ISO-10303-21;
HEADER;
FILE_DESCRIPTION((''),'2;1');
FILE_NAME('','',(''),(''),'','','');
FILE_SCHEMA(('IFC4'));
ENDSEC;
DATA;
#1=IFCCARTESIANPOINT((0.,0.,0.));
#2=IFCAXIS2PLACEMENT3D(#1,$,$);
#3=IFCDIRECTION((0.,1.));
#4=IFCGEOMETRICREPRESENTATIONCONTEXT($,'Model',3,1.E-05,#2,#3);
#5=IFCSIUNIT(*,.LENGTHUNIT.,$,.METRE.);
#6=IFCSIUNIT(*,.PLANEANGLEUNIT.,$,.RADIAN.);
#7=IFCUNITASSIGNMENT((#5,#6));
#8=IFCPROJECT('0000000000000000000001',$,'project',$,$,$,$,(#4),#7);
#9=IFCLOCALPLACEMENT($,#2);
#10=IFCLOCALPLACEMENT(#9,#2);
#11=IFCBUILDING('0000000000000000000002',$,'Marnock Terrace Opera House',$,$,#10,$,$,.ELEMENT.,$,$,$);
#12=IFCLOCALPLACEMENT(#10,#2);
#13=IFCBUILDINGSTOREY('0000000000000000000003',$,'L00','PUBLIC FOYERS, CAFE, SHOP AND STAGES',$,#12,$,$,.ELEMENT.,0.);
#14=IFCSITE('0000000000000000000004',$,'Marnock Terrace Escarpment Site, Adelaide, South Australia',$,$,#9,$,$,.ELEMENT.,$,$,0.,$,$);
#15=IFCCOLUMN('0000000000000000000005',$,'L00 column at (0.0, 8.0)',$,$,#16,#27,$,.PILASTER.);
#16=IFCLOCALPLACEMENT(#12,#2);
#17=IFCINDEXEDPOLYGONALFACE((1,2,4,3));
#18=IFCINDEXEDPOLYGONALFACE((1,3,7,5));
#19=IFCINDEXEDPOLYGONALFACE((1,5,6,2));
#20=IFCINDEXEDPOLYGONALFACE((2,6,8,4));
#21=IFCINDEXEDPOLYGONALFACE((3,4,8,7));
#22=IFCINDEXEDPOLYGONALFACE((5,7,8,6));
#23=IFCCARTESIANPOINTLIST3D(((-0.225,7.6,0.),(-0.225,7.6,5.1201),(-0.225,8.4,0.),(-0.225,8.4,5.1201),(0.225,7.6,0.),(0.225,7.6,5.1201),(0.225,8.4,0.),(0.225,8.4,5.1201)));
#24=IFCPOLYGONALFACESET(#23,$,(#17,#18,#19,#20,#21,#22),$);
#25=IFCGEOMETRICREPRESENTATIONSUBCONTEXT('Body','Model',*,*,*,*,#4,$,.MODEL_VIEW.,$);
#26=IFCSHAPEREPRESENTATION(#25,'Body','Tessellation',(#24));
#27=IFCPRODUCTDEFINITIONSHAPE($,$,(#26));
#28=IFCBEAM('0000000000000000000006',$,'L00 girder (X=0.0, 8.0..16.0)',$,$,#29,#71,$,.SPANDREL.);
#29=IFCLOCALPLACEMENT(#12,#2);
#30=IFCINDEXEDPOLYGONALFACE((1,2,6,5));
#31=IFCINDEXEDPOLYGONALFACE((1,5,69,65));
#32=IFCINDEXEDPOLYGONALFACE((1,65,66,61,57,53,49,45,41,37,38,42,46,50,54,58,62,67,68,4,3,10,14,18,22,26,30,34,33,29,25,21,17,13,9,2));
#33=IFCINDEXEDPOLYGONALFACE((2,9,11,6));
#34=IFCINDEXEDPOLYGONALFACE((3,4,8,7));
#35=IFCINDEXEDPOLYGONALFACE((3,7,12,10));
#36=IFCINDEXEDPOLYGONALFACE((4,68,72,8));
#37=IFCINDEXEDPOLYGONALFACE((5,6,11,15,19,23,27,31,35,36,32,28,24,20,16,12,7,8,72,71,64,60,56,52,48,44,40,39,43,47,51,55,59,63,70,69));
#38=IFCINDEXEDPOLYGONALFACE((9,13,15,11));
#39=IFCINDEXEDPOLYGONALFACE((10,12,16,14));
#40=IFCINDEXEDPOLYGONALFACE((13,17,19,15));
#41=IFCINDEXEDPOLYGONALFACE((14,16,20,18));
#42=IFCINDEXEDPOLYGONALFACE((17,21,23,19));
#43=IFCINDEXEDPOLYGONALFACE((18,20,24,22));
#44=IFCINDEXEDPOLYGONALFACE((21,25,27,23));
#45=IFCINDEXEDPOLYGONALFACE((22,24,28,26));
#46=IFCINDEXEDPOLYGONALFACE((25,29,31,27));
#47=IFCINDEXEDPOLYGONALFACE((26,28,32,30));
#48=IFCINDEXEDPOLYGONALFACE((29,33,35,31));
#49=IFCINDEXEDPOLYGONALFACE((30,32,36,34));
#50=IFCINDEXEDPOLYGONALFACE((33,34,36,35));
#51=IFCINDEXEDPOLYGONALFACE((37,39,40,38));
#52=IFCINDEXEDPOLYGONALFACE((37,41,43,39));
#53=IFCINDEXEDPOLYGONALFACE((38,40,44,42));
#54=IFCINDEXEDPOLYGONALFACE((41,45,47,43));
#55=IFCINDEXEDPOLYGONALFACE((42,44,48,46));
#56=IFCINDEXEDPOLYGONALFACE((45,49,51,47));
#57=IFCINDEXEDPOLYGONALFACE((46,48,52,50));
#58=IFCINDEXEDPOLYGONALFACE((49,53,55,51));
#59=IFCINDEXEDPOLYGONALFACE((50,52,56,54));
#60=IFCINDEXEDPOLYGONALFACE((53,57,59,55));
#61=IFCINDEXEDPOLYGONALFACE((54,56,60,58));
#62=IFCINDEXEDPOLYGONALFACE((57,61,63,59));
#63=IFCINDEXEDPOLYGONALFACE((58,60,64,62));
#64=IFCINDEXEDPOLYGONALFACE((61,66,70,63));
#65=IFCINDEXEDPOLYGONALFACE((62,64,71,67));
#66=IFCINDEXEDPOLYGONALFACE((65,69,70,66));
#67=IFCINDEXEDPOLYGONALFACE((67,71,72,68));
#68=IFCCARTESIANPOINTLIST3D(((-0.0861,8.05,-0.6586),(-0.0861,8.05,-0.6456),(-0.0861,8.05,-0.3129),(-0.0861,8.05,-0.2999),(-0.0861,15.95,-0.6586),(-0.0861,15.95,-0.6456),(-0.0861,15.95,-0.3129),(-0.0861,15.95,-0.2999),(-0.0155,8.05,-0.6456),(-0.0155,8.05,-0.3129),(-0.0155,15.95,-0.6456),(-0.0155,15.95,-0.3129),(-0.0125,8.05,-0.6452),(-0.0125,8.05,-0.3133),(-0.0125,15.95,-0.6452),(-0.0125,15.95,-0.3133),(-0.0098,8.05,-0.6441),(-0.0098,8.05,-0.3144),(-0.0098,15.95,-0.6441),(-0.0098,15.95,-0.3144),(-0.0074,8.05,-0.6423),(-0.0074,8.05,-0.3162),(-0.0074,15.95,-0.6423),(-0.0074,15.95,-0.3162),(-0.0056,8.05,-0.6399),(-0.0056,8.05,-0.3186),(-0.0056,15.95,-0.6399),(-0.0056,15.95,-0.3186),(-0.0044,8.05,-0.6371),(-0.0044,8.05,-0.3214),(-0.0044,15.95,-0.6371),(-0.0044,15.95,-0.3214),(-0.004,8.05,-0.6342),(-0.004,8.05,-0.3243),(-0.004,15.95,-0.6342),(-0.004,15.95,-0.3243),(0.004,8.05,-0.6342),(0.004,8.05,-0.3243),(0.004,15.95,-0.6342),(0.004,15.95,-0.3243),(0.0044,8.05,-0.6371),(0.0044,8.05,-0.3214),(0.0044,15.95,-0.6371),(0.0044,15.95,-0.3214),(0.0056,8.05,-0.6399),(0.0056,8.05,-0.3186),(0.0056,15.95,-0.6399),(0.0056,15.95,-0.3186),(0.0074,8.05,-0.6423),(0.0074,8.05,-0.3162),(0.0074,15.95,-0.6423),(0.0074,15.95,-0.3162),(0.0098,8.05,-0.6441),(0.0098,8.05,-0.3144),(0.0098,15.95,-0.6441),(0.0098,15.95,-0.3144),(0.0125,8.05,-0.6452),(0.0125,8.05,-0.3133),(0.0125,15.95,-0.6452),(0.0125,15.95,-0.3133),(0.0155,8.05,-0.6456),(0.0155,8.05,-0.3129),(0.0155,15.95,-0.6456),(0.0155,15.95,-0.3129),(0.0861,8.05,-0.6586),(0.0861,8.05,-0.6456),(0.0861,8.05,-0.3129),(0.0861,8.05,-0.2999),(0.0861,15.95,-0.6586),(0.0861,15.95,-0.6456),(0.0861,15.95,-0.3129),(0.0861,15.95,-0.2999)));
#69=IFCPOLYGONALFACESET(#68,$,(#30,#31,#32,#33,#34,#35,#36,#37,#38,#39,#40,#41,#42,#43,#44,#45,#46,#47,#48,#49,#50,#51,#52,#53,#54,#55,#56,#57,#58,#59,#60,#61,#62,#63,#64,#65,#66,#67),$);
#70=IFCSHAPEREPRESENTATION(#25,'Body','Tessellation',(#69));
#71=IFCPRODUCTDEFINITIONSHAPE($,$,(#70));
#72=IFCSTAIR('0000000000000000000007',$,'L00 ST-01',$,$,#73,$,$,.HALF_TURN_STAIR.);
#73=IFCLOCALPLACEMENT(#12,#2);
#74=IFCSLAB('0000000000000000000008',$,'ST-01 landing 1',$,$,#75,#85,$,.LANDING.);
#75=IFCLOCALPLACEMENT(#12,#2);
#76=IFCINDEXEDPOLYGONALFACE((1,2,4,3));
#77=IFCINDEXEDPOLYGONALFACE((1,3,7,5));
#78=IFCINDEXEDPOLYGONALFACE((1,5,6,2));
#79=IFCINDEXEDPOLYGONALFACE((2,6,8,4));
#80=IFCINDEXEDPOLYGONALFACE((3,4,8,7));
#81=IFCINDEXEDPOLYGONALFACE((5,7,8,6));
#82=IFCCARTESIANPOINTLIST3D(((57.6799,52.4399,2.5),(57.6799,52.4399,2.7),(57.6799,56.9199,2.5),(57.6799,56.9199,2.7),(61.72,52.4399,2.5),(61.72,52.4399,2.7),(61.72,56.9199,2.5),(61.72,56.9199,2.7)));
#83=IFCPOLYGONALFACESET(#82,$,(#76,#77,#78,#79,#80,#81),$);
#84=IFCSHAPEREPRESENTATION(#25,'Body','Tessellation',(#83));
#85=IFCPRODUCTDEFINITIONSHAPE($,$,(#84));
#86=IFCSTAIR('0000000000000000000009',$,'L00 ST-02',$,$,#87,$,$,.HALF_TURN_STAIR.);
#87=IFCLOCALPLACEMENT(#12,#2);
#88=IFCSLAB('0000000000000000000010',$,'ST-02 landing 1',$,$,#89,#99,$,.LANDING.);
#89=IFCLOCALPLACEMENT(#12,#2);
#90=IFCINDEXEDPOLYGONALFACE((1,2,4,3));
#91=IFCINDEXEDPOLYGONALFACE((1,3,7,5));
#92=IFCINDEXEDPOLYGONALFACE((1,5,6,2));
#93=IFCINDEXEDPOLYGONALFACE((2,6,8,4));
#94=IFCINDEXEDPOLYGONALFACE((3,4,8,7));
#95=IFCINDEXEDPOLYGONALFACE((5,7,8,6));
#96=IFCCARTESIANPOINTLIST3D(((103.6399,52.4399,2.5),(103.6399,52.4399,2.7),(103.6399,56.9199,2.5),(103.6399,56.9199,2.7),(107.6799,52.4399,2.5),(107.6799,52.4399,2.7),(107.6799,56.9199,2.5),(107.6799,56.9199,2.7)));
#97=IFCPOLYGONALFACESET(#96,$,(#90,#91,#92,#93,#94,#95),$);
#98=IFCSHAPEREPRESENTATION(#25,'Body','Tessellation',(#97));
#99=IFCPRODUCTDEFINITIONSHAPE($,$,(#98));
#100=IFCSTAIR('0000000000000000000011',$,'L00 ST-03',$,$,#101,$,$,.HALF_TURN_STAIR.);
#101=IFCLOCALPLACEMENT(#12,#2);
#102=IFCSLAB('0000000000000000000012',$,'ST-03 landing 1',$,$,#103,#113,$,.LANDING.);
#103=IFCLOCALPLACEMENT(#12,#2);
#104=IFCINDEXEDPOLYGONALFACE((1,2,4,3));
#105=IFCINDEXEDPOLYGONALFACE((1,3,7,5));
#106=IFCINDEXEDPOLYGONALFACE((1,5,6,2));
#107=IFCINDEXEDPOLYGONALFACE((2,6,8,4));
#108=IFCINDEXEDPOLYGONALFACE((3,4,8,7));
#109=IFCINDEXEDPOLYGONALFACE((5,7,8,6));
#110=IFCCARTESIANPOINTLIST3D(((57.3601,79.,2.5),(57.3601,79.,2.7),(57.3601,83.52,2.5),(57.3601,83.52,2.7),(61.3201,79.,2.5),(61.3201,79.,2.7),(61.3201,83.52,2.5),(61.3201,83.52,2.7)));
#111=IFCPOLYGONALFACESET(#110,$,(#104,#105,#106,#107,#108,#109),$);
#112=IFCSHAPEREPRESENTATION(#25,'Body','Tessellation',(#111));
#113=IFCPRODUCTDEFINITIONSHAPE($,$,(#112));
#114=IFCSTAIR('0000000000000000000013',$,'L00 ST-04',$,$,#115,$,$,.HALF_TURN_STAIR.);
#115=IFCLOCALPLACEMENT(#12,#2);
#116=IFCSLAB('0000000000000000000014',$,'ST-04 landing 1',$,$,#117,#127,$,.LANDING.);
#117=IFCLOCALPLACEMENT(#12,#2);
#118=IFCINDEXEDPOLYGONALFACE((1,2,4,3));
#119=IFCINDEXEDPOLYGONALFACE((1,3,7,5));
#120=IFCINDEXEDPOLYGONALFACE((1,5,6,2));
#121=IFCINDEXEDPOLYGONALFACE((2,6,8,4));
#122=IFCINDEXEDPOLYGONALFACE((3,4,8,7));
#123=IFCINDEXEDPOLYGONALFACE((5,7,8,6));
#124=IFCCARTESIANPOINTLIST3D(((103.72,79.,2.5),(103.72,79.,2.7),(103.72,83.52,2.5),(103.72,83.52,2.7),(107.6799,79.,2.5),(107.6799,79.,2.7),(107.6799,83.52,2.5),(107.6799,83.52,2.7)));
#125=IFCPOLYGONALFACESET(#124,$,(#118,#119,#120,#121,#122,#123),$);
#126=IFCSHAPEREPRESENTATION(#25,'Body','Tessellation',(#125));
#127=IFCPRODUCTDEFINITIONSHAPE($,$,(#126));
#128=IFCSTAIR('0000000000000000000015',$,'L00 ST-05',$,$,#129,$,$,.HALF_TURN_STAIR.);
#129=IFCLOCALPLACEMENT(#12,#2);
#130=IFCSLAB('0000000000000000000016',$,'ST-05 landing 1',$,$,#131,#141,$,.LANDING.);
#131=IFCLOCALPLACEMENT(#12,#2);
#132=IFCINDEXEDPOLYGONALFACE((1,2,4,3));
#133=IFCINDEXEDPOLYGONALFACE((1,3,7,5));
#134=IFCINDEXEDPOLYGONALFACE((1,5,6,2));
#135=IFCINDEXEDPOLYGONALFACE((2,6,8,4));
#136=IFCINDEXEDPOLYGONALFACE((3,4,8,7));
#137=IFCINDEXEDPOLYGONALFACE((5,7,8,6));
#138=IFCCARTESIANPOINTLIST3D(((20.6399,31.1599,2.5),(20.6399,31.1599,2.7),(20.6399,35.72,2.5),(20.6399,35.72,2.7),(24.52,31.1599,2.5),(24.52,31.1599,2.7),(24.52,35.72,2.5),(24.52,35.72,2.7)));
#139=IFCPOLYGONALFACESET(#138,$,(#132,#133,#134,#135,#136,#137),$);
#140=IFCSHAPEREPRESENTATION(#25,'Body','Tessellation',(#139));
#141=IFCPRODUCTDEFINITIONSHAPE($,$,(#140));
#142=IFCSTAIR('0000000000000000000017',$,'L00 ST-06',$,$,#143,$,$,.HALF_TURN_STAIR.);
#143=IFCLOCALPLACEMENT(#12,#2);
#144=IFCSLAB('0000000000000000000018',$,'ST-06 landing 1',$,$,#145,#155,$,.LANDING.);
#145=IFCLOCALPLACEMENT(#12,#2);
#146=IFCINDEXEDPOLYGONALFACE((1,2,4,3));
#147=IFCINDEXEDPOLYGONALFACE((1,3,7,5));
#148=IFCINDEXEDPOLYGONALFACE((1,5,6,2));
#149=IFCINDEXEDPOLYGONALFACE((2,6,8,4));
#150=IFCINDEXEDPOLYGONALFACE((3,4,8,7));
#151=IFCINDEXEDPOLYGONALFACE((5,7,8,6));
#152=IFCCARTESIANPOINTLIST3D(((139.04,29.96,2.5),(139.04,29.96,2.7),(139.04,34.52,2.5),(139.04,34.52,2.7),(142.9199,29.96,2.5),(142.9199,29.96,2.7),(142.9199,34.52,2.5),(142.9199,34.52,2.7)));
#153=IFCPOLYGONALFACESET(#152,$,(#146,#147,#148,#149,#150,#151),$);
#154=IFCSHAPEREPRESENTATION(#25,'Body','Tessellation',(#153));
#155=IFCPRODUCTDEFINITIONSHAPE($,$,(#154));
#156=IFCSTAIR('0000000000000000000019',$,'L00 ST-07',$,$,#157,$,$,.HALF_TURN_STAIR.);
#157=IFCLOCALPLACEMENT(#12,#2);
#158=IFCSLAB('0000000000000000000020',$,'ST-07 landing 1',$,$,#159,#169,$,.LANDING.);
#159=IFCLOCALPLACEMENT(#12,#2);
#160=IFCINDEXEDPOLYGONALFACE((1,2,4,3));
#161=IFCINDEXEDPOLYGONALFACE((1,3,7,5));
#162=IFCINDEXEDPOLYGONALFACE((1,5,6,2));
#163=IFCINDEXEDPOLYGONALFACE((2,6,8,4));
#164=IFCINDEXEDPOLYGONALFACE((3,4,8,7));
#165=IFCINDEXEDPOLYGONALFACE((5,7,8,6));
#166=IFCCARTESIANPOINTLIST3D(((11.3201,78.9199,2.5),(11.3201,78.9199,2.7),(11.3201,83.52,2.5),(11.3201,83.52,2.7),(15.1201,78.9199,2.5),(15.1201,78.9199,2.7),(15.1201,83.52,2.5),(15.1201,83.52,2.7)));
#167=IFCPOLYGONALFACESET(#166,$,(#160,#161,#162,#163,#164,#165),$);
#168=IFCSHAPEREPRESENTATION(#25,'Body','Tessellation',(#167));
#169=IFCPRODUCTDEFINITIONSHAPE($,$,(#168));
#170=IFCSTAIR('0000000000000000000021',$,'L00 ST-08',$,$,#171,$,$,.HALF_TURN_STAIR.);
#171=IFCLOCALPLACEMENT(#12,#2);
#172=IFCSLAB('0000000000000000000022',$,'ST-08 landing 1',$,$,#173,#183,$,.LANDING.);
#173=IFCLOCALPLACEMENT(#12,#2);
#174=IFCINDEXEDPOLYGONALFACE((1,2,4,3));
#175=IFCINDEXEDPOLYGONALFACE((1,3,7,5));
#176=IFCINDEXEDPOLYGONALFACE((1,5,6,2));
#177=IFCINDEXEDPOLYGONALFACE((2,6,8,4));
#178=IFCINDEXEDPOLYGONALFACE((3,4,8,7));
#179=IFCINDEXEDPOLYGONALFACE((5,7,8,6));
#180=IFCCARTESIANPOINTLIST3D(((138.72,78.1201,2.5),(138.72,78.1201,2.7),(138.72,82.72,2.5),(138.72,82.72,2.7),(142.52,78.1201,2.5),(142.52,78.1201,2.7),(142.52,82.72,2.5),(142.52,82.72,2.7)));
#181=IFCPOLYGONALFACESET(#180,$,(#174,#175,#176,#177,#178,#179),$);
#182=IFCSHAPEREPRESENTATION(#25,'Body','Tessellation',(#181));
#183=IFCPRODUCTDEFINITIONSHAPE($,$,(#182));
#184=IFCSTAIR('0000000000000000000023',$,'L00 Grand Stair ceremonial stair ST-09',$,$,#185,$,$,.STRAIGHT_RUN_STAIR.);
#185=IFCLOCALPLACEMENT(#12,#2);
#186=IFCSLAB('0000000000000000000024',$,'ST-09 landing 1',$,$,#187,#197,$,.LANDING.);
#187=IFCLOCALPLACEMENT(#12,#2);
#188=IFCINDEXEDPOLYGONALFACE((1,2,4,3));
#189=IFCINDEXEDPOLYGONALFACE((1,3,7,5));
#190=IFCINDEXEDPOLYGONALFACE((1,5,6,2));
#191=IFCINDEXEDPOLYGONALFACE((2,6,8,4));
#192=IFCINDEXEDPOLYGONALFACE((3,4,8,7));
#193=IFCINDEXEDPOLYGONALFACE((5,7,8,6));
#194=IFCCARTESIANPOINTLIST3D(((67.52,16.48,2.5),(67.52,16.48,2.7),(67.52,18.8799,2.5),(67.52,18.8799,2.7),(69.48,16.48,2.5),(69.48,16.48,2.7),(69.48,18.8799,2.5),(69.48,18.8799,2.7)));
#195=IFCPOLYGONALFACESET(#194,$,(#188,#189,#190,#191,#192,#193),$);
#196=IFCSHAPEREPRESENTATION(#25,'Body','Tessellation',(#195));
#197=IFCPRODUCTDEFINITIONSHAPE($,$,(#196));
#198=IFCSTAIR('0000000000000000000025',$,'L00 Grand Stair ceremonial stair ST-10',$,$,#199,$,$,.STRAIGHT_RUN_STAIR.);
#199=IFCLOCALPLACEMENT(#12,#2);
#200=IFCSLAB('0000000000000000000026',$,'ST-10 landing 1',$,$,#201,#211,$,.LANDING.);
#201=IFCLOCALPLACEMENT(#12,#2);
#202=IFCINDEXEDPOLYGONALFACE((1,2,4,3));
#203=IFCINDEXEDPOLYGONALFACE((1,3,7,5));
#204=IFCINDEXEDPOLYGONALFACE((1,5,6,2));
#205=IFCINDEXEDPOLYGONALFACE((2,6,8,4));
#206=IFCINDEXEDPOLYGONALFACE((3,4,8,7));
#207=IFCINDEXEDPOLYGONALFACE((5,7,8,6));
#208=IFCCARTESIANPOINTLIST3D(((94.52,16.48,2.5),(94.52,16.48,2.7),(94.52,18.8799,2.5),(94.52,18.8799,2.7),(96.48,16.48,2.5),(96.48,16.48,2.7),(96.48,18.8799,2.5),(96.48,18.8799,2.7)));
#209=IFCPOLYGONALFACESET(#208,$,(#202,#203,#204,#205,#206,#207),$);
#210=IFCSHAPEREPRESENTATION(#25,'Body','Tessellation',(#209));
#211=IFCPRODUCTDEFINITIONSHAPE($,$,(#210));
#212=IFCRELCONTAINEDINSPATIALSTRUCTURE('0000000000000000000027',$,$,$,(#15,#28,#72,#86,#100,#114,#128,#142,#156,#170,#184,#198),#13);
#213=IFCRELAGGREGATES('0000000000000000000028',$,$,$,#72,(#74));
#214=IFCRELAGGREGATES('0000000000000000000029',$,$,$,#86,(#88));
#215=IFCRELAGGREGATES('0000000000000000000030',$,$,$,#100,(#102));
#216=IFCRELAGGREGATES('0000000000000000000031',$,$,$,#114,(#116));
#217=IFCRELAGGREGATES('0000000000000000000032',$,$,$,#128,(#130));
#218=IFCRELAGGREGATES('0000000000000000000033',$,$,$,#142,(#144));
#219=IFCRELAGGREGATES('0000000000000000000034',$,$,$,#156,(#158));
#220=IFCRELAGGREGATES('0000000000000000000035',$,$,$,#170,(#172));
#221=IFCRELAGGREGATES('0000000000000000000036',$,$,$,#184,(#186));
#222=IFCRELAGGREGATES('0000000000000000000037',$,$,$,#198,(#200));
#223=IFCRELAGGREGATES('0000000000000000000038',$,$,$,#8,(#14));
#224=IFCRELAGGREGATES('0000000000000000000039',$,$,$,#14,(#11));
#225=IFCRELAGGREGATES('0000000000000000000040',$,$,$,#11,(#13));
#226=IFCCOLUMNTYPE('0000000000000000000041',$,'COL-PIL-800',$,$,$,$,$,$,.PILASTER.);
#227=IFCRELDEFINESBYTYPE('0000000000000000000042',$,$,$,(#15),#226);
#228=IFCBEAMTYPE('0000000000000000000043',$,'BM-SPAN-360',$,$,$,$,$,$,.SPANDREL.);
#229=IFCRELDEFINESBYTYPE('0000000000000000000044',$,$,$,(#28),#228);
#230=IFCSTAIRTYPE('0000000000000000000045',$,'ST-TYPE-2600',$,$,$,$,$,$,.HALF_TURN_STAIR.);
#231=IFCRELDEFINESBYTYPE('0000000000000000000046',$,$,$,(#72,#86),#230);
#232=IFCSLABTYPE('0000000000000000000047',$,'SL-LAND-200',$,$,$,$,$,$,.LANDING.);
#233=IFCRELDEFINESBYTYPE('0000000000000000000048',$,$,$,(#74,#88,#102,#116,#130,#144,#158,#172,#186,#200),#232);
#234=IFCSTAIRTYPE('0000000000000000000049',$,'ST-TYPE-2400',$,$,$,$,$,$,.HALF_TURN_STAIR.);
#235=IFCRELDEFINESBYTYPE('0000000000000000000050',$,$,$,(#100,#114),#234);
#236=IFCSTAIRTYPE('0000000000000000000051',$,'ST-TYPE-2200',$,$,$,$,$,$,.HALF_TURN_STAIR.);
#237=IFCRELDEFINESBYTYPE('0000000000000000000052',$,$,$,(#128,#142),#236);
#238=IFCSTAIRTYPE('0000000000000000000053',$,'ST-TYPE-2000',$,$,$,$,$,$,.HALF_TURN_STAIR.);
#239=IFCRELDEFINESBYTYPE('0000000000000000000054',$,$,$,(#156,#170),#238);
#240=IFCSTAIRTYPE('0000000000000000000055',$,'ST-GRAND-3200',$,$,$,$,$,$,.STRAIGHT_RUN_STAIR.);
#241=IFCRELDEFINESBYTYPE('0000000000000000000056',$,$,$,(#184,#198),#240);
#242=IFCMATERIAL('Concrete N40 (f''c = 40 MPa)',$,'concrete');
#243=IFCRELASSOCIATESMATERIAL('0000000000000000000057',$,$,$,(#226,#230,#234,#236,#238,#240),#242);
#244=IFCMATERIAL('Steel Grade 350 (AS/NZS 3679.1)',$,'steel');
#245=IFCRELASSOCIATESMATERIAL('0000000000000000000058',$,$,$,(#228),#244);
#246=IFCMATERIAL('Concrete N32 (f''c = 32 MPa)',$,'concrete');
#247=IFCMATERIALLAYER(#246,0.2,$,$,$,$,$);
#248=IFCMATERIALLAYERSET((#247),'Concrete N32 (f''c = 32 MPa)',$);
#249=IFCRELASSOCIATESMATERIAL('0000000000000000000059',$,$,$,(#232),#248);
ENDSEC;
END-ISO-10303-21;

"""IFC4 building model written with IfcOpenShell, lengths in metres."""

from ifc_helpers import new_model, si_unit, direction, frame, origin, origin_2d, place, context, subcontext, project, spatial, polyline, rectangle, i_section, outline, extrude, material, layer, layer_set, material_profile, profile_set, type_object, element, aggregate, save


model = new_model("IFC4")

# Units and contexts
model_context = context("Model", 3, precision=1e-05, world=origin(), true_north=direction((0.0, 1.0)))
body_context = subcontext(model_context, "Body", "Model", "MODEL_VIEW")
ifc_project = project(units=[si_unit("LENGTHUNIT", "METRE"), si_unit("PLANEANGLEUNIT", "RADIAN")], contexts=[model_context])

# Site, building, storey
site_placement = place(None, origin())
site = spatial("IfcSite", under=ifc_project, at=site_placement, Name="Marnock Terrace Escarpment Site, Adelaide, South Australia", CompositionType="ELEMENT", RefElevation=0.0)
building_placement = place(site_placement, origin())
building = spatial("IfcBuilding", under=site, at=building_placement, Name="Marnock Terrace Opera House", CompositionType="ELEMENT")
storey_placement = place(building_placement, origin())
storey = spatial("IfcBuildingStorey", under=building, at=storey_placement, Name="L00", Description="PUBLIC FOYERS, CAFE, SHOP AND STAGES", CompositionType="ELEMENT", Elevation=0.0)

# Column
ifc_material_1 = material(Name="Concrete N40 (f'c = 40 MPa)", Category="concrete")
ifc_material_profile_1 = material_profile(ifc_material_1, rectangle(XDim=0.45, YDim=0.8, at=origin_2d()))
ifc_profile_set_1 = profile_set([ifc_material_profile_1], Name="Concrete N40 (f'c = 40 MPa)")
column_type = type_object("IfcColumnType", Name="COL-PIL-800", PredefinedType="PILASTER", material=ifc_profile_set_1)
column_placement = place(storey_placement, frame((0.0, 8.0, 0.0), z_axis=(0.0, 0.0, 1.0), x_axis=(1.0, 0.0, 0.0)))
element("IfcColumn", 1, at=column_placement, inside=storey, type_object=column_type, Name="L00 column at (0.0, 8.0)", PredefinedType="PILASTER", context=body_context, shape_type="SweptSolid", body=[
    extrude(rectangle(XDim=0.45, YDim=0.8, at=origin_2d()), origin(), (0.0, 0.0, 1.0), 5.1201),
])

# Beam
ifc_material_2 = material(Name="Steel Grade 350 (AS/NZS 3679.1)", Category="steel")
ifc_material_profile_2 = material_profile(ifc_material_2, i_section(OverallWidth=0.1721, OverallDepth=0.3586, WebThickness=0.0081, FlangeThickness=0.0129, FilletRadius=0.0115, at=origin_2d()))
ifc_profile_set_2 = profile_set([ifc_material_profile_2], Name="Steel Grade 350 (AS/NZS 3679.1)")
beam_type = type_object("IfcBeamType", Name="BM-SPAN-360", PredefinedType="SPANDREL", material=ifc_profile_set_2)
beam_placement = place(storey_placement, frame((0.0, 8.05, -0.4792), z_axis=(0.0, 1.0, 0.0), x_axis=(-1.0, 0.0, 0.0)))
element("IfcBeam", 2, at=beam_placement, inside=storey, type_object=beam_type, Name="L00 girder (X=0.0, 8.0..16.0)", PredefinedType="SPANDREL", context=body_context, shape_type="SweptSolid", body=[
    extrude(i_section(OverallWidth=0.1721, OverallDepth=0.3586, WebThickness=0.0081, FlangeThickness=0.0129, FilletRadius=0.0115, at=origin_2d()), origin(), (0.0, 0.0, 1.0), 7.8999),
])

# Stairs, slabs
stair_type_1 = type_object("IfcStairType", Name="ST-TYPE-2600", PredefinedType="HALF_TURN_STAIR", material=ifc_material_1)
stair_1_placement = place(storey_placement, origin())
stair_1 = element("IfcStair", 3, at=stair_1_placement, inside=storey, type_object=stair_type_1, Name="L00 ST-01", PredefinedType="HALF_TURN_STAIR")
ifc_material_3 = material(Name="Concrete N32 (f'c = 32 MPa)", Category="concrete")
ifc_layer_1 = layer(ifc_material_3, 0.2)
ifc_layer_set_1 = layer_set([ifc_layer_1], Name="Concrete N32 (f'c = 32 MPa)")
slab_type = type_object("IfcSlabType", Name="SL-LAND-200", PredefinedType="LANDING", material=ifc_layer_set_1)
slab_1_placement = place(storey_placement, frame((0.0, 0.0, 2.5)))
slab_1 = element("IfcSlab", 4, at=slab_1_placement, type_object=slab_type, Name="ST-01 landing 1", PredefinedType="LANDING", context=body_context, shape_type="SweptSolid", body=[
    extrude(outline(polyline([(61.72, 52.4399), (61.72, 56.9199), (57.6799, 56.9199), (57.6799, 52.4399), (61.72, 52.4399)])), origin(), (0.0, 0.0, 1.0), 0.2),
])
aggregate(stair_1, [slab_1])
stair_2_placement = place(storey_placement, origin())
stair_2 = element("IfcStair", 5, at=stair_2_placement, inside=storey, type_object=stair_type_1, Name="L00 ST-02", PredefinedType="HALF_TURN_STAIR")
slab_2_placement = place(storey_placement, frame((0.0, 0.0, 2.5)))
slab_2 = element("IfcSlab", 6, at=slab_2_placement, type_object=slab_type, Name="ST-02 landing 1", PredefinedType="LANDING", context=body_context, shape_type="SweptSolid", body=[
    extrude(outline(polyline([(107.6799, 52.4399), (107.6799, 56.9199), (103.6399, 56.9199), (103.6399, 52.4399), (107.6799, 52.4399)])), origin(), (0.0, 0.0, 1.0), 0.2),
])
aggregate(stair_2, [slab_2])
stair_type_2 = type_object("IfcStairType", Name="ST-TYPE-2400", PredefinedType="HALF_TURN_STAIR", material=ifc_material_1)
stair_3_placement = place(storey_placement, origin())
stair_3 = element("IfcStair", 7, at=stair_3_placement, inside=storey, type_object=stair_type_2, Name="L00 ST-03", PredefinedType="HALF_TURN_STAIR")
slab_3_placement = place(storey_placement, frame((0.0, 0.0, 2.5)))
slab_3 = element("IfcSlab", 8, at=slab_3_placement, type_object=slab_type, Name="ST-03 landing 1", PredefinedType="LANDING", context=body_context, shape_type="SweptSolid", body=[
    extrude(outline(polyline([(61.3201, 79.0), (61.3201, 83.52), (57.3601, 83.52), (57.3601, 79.0), (61.3201, 79.0)])), origin(), (0.0, 0.0, 1.0), 0.2),
])
aggregate(stair_3, [slab_3])
stair_4_placement = place(storey_placement, origin())
stair_4 = element("IfcStair", 9, at=stair_4_placement, inside=storey, type_object=stair_type_2, Name="L00 ST-04", PredefinedType="HALF_TURN_STAIR")
slab_4_placement = place(storey_placement, frame((0.0, 0.0, 2.5)))
slab_4 = element("IfcSlab", 10, at=slab_4_placement, type_object=slab_type, Name="ST-04 landing 1", PredefinedType="LANDING", context=body_context, shape_type="SweptSolid", body=[
    extrude(outline(polyline([(107.6799, 79.0), (107.6799, 83.52), (103.72, 83.52), (103.72, 79.0), (107.6799, 79.0)])), origin(), (0.0, 0.0, 1.0), 0.2),
])
aggregate(stair_4, [slab_4])
stair_type_3 = type_object("IfcStairType", Name="ST-TYPE-2200", PredefinedType="HALF_TURN_STAIR", material=ifc_material_1)
stair_5_placement = place(storey_placement, origin())
stair_5 = element("IfcStair", 11, at=stair_5_placement, inside=storey, type_object=stair_type_3, Name="L00 ST-05", PredefinedType="HALF_TURN_STAIR")
slab_5_placement = place(storey_placement, frame((0.0, 0.0, 2.5)))
slab_5 = element("IfcSlab", 12, at=slab_5_placement, type_object=slab_type, Name="ST-05 landing 1", PredefinedType="LANDING", context=body_context, shape_type="SweptSolid", body=[
    extrude(outline(polyline([(24.52, 31.1599), (24.52, 35.72), (20.6399, 35.72), (20.6399, 31.1599), (24.52, 31.1599)])), origin(), (0.0, 0.0, 1.0), 0.2),
])
aggregate(stair_5, [slab_5])
stair_6_placement = place(storey_placement, origin())
stair_6 = element("IfcStair", 13, at=stair_6_placement, inside=storey, type_object=stair_type_3, Name="L00 ST-06", PredefinedType="HALF_TURN_STAIR")
slab_6_placement = place(storey_placement, frame((0.0, 0.0, 2.5)))
slab_6 = element("IfcSlab", 14, at=slab_6_placement, type_object=slab_type, Name="ST-06 landing 1", PredefinedType="LANDING", context=body_context, shape_type="SweptSolid", body=[
    extrude(outline(polyline([(142.9199, 29.96), (142.9199, 34.52), (139.04, 34.52), (139.04, 29.96), (142.9199, 29.96)])), origin(), (0.0, 0.0, 1.0), 0.2),
])
aggregate(stair_6, [slab_6])
stair_type_4 = type_object("IfcStairType", Name="ST-TYPE-2000", PredefinedType="HALF_TURN_STAIR", material=ifc_material_1)
stair_7_placement = place(storey_placement, origin())
stair_7 = element("IfcStair", 15, at=stair_7_placement, inside=storey, type_object=stair_type_4, Name="L00 ST-07", PredefinedType="HALF_TURN_STAIR")
slab_7_placement = place(storey_placement, frame((0.0, 0.0, 2.5)))
slab_7 = element("IfcSlab", 16, at=slab_7_placement, type_object=slab_type, Name="ST-07 landing 1", PredefinedType="LANDING", context=body_context, shape_type="SweptSolid", body=[
    extrude(outline(polyline([(15.1201, 78.9199), (15.1201, 83.52), (11.3201, 83.52), (11.3201, 78.9199), (15.1201, 78.9199)])), origin(), (0.0, 0.0, 1.0), 0.2),
])
aggregate(stair_7, [slab_7])
stair_8_placement = place(storey_placement, origin())
stair_8 = element("IfcStair", 17, at=stair_8_placement, inside=storey, type_object=stair_type_4, Name="L00 ST-08", PredefinedType="HALF_TURN_STAIR")
slab_8_placement = place(storey_placement, frame((0.0, 0.0, 2.5)))
slab_8 = element("IfcSlab", 18, at=slab_8_placement, type_object=slab_type, Name="ST-08 landing 1", PredefinedType="LANDING", context=body_context, shape_type="SweptSolid", body=[
    extrude(outline(polyline([(142.52, 78.1201), (142.52, 82.72), (138.72, 82.72), (138.72, 78.1201), (142.52, 78.1201)])), origin(), (0.0, 0.0, 1.0), 0.2),
])
aggregate(stair_8, [slab_8])
stair_type_5 = type_object("IfcStairType", Name="ST-GRAND-3200", PredefinedType="STRAIGHT_RUN_STAIR", material=ifc_material_1)
stair_9_placement = place(storey_placement, origin())
stair_9 = element("IfcStair", 19, at=stair_9_placement, inside=storey, type_object=stair_type_5, Name="L00 Grand Stair ceremonial stair ST-09", PredefinedType="STRAIGHT_RUN_STAIR")
slab_9_placement = place(storey_placement, frame((0.0, 0.0, 2.5)))
slab_9 = element("IfcSlab", 20, at=slab_9_placement, type_object=slab_type, Name="ST-09 landing 1", PredefinedType="LANDING", context=body_context, shape_type="SweptSolid", body=[
    extrude(outline(polyline([(67.52, 16.48), (69.48, 16.48), (69.48, 18.8799), (67.52, 18.8799), (67.52, 16.48)])), origin(), (0.0, 0.0, 1.0), 0.2),
])
aggregate(stair_9, [slab_9])
stair_10_placement = place(storey_placement, origin())
stair_10 = element("IfcStair", 21, at=stair_10_placement, inside=storey, type_object=stair_type_5, Name="L00 Grand Stair ceremonial stair ST-10", PredefinedType="STRAIGHT_RUN_STAIR")
slab_10_placement = place(storey_placement, frame((0.0, 0.0, 2.5)))
slab_10 = element("IfcSlab", 22, at=slab_10_placement, type_object=slab_type, Name="ST-10 landing 1", PredefinedType="LANDING", context=body_context, shape_type="SweptSolid", body=[
    extrude(outline(polyline([(94.52, 16.48), (96.48, 16.48), (96.48, 18.8799), (94.52, 18.8799), (94.52, 16.48)])), origin(), (0.0, 0.0, 1.0), 0.2),
])
aggregate(stair_10, [slab_10])

save(model, "model.ifc")
